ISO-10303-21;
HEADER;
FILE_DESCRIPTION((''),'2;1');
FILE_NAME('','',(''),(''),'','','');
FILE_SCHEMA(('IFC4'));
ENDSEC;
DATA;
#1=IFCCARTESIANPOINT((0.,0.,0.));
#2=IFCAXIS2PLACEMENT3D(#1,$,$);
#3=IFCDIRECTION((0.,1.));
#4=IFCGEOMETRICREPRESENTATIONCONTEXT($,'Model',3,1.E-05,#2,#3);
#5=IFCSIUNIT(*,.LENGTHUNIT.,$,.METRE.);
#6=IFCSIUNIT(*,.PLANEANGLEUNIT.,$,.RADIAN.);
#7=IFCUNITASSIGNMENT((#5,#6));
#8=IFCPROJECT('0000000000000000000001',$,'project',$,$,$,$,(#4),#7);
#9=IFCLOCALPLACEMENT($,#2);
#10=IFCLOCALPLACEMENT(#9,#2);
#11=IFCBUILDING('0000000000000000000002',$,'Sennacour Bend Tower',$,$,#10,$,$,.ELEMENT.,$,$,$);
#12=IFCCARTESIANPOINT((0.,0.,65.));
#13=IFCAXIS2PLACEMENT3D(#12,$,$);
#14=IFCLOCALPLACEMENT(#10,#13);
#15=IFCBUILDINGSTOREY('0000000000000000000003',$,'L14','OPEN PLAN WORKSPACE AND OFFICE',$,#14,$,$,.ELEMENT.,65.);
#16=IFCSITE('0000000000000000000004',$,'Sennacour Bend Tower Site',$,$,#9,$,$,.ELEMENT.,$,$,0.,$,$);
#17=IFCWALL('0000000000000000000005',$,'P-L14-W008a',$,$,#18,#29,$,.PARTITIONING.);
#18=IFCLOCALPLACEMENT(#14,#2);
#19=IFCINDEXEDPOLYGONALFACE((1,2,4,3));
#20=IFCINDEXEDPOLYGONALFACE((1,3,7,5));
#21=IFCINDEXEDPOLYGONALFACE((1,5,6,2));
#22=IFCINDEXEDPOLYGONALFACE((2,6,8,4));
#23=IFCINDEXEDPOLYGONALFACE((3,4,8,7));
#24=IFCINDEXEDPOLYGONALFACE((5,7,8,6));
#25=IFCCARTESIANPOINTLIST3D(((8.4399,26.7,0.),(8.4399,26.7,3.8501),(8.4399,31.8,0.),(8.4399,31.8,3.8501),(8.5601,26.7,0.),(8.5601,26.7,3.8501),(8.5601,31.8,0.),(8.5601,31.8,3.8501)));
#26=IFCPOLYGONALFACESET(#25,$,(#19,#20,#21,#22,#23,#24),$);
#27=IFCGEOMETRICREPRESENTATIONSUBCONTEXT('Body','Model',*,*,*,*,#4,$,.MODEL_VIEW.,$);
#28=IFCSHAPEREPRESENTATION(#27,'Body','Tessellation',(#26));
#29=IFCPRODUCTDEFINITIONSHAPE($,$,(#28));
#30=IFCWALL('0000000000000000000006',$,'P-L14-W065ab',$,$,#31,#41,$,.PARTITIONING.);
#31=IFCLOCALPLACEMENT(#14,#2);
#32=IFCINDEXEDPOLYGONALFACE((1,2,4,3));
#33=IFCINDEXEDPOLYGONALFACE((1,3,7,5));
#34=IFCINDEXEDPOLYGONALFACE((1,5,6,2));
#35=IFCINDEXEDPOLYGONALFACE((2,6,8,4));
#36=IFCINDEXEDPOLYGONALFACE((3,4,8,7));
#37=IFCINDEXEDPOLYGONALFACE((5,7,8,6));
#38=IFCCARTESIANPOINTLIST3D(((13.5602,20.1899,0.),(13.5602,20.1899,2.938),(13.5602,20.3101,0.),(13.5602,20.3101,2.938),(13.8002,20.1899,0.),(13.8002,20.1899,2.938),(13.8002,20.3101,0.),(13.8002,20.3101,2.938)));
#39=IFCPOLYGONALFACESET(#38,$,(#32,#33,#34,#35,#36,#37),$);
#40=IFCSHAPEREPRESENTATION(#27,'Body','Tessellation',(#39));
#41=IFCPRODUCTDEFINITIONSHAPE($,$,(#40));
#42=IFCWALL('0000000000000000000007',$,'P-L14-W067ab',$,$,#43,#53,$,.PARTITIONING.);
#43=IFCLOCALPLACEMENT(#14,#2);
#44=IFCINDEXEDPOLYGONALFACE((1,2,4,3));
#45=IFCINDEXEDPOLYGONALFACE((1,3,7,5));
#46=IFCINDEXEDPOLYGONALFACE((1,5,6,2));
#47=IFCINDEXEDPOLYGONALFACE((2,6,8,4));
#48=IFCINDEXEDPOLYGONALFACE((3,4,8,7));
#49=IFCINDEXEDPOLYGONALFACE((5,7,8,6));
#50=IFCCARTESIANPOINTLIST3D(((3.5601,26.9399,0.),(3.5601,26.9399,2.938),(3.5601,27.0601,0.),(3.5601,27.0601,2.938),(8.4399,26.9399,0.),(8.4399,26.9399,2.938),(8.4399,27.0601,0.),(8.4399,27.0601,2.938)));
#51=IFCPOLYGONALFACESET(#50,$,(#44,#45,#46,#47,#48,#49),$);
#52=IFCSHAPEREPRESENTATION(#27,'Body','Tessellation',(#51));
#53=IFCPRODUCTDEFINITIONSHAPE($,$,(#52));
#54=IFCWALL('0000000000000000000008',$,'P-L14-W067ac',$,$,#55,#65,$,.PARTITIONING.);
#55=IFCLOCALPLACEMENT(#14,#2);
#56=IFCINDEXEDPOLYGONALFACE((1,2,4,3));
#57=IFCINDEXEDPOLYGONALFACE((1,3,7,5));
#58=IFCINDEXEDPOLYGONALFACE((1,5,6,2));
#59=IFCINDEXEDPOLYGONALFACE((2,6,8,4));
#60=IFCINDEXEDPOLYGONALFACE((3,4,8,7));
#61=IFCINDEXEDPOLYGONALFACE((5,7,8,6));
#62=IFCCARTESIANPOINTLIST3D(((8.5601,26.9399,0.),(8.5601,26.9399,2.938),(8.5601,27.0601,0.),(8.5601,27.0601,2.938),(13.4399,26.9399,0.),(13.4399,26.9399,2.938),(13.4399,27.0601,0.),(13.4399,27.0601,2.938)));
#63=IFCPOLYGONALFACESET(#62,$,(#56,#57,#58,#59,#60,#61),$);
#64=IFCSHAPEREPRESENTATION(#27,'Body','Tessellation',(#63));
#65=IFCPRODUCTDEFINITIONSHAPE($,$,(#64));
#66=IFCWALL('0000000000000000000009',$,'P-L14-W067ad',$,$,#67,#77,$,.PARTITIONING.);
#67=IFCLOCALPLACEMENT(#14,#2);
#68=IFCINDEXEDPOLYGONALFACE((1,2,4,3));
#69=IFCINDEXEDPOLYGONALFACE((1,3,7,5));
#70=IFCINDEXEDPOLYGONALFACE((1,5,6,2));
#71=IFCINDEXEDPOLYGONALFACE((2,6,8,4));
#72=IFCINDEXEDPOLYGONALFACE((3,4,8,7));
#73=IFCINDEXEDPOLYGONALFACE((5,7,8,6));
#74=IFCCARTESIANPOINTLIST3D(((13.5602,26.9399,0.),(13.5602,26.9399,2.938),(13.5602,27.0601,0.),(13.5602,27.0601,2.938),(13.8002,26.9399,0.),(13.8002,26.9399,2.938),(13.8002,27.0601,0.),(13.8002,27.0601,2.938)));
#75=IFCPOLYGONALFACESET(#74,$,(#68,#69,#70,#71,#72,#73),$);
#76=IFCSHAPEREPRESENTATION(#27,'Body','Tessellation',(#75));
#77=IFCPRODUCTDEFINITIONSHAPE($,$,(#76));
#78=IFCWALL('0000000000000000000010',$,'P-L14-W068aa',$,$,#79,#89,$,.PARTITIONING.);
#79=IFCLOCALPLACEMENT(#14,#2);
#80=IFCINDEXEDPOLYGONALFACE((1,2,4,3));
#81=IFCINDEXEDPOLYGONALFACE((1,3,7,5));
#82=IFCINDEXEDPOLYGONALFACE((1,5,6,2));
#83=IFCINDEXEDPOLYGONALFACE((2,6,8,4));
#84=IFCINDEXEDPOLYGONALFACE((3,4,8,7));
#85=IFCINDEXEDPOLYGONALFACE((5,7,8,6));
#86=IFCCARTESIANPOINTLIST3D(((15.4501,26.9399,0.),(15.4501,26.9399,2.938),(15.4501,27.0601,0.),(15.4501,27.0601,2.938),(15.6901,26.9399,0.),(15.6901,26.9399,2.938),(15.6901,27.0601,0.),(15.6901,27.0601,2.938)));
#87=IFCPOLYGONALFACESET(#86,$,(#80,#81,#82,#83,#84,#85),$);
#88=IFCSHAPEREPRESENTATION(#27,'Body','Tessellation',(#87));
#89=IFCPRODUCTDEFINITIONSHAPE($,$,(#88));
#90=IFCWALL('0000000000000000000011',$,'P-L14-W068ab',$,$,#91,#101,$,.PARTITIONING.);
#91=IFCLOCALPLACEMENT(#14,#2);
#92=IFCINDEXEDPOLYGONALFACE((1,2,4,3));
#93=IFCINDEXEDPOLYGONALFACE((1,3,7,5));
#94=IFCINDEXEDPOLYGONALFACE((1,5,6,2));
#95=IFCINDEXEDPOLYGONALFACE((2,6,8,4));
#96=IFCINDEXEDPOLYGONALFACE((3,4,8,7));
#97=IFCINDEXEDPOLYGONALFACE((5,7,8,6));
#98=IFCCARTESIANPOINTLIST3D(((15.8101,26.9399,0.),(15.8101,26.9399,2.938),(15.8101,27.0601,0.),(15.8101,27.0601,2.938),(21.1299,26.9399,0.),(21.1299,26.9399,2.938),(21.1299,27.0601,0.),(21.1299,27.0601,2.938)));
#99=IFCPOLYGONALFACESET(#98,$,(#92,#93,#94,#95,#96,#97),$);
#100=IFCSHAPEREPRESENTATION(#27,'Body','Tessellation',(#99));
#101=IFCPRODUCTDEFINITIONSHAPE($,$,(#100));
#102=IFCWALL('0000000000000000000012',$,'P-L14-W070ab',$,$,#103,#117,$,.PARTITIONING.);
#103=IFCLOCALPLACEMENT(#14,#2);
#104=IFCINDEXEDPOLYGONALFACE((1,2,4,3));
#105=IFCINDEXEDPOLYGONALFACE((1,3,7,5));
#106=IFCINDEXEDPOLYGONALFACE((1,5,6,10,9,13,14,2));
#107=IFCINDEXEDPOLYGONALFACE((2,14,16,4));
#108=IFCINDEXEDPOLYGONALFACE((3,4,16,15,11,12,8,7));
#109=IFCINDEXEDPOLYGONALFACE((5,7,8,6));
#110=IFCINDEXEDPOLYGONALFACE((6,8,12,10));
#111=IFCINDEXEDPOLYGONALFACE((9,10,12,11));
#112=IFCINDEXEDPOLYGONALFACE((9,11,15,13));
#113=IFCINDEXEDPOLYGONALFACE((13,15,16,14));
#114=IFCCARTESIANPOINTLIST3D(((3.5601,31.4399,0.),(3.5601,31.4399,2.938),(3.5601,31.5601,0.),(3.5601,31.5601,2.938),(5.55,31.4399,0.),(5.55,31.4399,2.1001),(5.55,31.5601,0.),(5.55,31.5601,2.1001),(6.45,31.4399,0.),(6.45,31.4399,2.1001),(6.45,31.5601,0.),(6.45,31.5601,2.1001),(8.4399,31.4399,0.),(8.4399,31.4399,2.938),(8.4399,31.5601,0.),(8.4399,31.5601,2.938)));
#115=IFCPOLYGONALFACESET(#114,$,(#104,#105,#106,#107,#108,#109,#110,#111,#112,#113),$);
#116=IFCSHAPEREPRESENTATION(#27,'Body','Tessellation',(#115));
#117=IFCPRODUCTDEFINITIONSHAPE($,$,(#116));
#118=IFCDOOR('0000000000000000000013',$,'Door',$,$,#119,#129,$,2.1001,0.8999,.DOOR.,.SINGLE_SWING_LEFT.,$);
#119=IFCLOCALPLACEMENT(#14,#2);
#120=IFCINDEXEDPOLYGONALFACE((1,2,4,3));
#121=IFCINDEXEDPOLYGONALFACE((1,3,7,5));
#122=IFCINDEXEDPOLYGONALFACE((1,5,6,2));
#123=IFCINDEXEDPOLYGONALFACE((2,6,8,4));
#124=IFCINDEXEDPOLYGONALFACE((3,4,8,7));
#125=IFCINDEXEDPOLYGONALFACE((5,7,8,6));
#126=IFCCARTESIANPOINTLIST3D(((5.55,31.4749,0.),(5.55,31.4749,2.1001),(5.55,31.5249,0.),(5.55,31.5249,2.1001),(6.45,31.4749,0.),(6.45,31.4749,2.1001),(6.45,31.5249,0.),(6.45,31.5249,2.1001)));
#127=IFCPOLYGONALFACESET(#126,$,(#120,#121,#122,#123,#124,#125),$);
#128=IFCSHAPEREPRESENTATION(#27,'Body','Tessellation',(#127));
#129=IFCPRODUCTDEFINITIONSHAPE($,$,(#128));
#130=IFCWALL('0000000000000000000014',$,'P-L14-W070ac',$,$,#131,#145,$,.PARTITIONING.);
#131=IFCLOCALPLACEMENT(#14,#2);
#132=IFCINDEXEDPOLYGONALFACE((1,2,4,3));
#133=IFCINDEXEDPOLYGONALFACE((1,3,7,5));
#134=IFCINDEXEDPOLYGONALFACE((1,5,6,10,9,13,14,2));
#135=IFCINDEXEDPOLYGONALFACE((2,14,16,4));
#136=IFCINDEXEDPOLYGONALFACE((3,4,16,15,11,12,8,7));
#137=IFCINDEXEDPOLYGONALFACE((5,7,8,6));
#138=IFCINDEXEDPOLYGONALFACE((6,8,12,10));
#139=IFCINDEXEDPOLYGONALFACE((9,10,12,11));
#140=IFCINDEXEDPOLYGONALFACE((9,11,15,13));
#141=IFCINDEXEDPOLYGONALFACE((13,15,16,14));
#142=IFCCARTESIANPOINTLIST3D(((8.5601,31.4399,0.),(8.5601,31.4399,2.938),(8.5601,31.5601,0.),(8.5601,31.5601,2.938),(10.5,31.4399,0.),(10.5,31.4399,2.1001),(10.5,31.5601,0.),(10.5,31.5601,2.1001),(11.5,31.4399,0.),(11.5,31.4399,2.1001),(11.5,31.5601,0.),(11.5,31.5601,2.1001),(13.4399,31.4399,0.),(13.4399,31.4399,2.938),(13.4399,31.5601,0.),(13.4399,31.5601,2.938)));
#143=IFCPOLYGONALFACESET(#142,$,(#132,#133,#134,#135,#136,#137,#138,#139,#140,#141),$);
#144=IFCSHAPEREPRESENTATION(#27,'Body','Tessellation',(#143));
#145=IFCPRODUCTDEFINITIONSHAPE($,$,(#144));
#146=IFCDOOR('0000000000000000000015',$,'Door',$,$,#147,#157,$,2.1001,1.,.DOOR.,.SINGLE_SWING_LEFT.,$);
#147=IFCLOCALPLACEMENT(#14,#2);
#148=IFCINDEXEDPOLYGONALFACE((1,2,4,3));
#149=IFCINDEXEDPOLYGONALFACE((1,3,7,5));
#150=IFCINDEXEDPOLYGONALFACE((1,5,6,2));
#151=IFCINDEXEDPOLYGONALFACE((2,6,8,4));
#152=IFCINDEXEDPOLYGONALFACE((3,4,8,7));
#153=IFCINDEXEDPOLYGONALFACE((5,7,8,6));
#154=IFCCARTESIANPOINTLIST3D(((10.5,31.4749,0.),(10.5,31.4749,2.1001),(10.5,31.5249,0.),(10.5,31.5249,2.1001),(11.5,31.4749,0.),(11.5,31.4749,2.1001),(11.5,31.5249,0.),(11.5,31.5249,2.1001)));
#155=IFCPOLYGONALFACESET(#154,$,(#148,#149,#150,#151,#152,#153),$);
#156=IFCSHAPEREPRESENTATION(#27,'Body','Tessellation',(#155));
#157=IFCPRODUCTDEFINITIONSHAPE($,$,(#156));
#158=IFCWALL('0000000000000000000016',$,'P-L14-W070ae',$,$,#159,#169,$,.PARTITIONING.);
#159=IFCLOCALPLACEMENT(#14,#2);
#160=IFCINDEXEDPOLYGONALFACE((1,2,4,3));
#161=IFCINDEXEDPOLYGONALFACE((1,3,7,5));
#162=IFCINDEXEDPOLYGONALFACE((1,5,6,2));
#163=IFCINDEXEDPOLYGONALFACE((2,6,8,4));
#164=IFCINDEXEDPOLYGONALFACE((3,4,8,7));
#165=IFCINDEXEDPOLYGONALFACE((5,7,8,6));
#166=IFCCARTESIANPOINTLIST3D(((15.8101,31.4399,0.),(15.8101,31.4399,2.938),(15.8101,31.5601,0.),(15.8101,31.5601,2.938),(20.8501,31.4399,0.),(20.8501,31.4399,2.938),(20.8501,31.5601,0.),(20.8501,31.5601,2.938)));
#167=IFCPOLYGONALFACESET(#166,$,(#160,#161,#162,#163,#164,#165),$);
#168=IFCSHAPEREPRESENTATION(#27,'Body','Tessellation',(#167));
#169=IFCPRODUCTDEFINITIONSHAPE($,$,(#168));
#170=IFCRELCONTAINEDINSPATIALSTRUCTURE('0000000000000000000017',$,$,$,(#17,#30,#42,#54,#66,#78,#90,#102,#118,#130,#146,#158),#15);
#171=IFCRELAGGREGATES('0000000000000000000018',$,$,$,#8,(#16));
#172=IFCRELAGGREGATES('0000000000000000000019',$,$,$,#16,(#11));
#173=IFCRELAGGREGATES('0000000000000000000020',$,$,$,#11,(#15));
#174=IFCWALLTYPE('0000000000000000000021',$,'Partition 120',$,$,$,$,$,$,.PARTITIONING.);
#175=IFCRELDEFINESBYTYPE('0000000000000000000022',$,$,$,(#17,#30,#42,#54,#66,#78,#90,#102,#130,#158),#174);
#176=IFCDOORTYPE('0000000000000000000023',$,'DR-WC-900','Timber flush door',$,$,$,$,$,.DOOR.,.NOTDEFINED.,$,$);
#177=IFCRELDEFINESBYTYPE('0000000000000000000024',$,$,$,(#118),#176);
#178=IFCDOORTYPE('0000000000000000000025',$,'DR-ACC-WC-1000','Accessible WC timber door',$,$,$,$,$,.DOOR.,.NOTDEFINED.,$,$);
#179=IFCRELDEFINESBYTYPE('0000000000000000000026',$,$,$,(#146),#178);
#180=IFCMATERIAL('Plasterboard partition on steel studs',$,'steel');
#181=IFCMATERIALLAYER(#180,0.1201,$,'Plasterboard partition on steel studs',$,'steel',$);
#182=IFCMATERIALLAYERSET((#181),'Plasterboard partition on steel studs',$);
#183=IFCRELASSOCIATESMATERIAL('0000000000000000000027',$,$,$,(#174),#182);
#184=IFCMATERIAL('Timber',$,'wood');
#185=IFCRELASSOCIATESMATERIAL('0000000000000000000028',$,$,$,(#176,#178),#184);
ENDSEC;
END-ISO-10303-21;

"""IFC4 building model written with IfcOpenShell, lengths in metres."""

from ifc_helpers import new_model, si_unit, direction, frame, frame_2d, origin, place, context, subcontext, project, spatial, rectangle, extrude, material, layer, layer_set, type_object, element, fill, save


model = new_model("IFC4")

# Units and contexts
model_context = context("Model", 3, precision=1e-05, world=origin(), true_north=direction((0.0, 1.0)))
body_context = subcontext(model_context, "Body", "Model", "MODEL_VIEW")
ifc_project = project(units=[si_unit("LENGTHUNIT", "METRE"), si_unit("PLANEANGLEUNIT", "RADIAN")], contexts=[model_context])

# Site, building, storey
site_placement = place(None, origin())
site = spatial("IfcSite", under=ifc_project, at=site_placement, Name="Sennacour Bend Tower Site", CompositionType="ELEMENT", RefElevation=0.0)
building_placement = place(site_placement, origin())
building = spatial("IfcBuilding", under=site, at=building_placement, Name="Sennacour Bend Tower", CompositionType="ELEMENT")
storey_placement = place(building_placement, frame((0.0, 0.0, 65.0)))
storey = spatial("IfcBuildingStorey", under=building, at=storey_placement, Name="L14", Description="OPEN PLAN WORKSPACE AND OFFICE", CompositionType="ELEMENT", Elevation=65.0)

# Walls
ifc_material_1 = material(Name="Plasterboard partition on steel studs", Category="steel")
ifc_layer_1 = layer(ifc_material_1, 0.1201, Name="Plasterboard partition on steel studs", Category="steel")
ifc_layer_set_1 = layer_set([ifc_layer_1], Name="Plasterboard partition on steel studs")
wall_type_1 = type_object("IfcWallType", Name="Partition 120", PredefinedType="PARTITIONING", material=ifc_layer_set_1)
for number, where, z_axis, x_axis, name in (
    (1, (8.5, 26.7, 0.0), (0.0, 0.0, 1.0), (0.0, 1.0, 0.0), "P-L14-W008a"),
):
    element("IfcWall", number, at=place(storey_placement, frame(where, z_axis=z_axis, x_axis=x_axis)), inside=storey, type_object=wall_type_1, Name=name, PredefinedType="PARTITIONING", context=body_context, shape_type="SweptSolid", body=[
        extrude(rectangle(XDim=5.1001, YDim=0.1201, at=frame_2d((2.55, 0.0))), origin(), (0.0, 0.0, 1.0), 3.8501),
    ])
wall_1_placement = place(storey_placement, frame((13.5601, 20.25, 0.0), z_axis=(0.0, 0.0, 1.0), x_axis=(1.0, 0.0, 0.0)))
element("IfcWall", 2, at=wall_1_placement, inside=storey, type_object=wall_type_1, Name="P-L14-W065ab", PredefinedType="PARTITIONING", context=body_context, shape_type="SweptSolid", body=[
    extrude(rectangle(XDim=0.24, YDim=0.1201, at=frame_2d((0.1201, 0.0))), origin(), (0.0, 0.0, 1.0), 2.938),
])
for number, where, z_axis, x_axis, name in (
    (3, (3.5601, 27.0, 0.0), (0.0, 0.0, 1.0), (1.0, 0.0, 0.0), "P-L14-W067ab"),
    (4, (8.5601, 27.0, 0.0), (0.0, 0.0, 1.0), (1.0, 0.0, 0.0), "P-L14-W067ac"),
):
    element("IfcWall", number, at=place(storey_placement, frame(where, z_axis=z_axis, x_axis=x_axis)), inside=storey, type_object=wall_type_1, Name=name, PredefinedType="PARTITIONING", context=body_context, shape_type="SweptSolid", body=[
        extrude(rectangle(XDim=4.8799, YDim=0.1201, at=frame_2d((2.4399, 0.0))), origin(), (0.0, 0.0, 1.0), 2.938),
    ])
for number, where, z_axis, x_axis, name in (
    (5, (13.5601, 27.0, 0.0), (0.0, 0.0, 1.0), (1.0, 0.0, 0.0), "P-L14-W067ad"),
    (6, (15.45, 27.0, 0.0), (0.0, 0.0, 1.0), (1.0, 0.0, 0.0), "P-L14-W068aa"),
):
    element("IfcWall", number, at=place(storey_placement, frame(where, z_axis=z_axis, x_axis=x_axis)), inside=storey, type_object=wall_type_1, Name=name, PredefinedType="PARTITIONING", context=body_context, shape_type="SweptSolid", body=[
        extrude(rectangle(XDim=0.24, YDim=0.1201, at=frame_2d((0.1201, 0.0))), origin(), (0.0, 0.0, 1.0), 2.938),
    ])
wall_2_placement = place(storey_placement, frame((15.8101, 27.0, 0.0), z_axis=(0.0, 0.0, 1.0), x_axis=(1.0, 0.0, 0.0)))
element("IfcWall", 7, at=wall_2_placement, inside=storey, type_object=wall_type_1, Name="P-L14-W068ab", PredefinedType="PARTITIONING", context=body_context, shape_type="SweptSolid", body=[
    extrude(rectangle(XDim=5.3198, YDim=0.1201, at=frame_2d((2.6599, 0.0))), origin(), (0.0, 0.0, 1.0), 2.938),
])

# Walls, openings, doors
wall_3_placement = place(storey_placement, frame((3.5601, 31.5, 0.0), z_axis=(0.0, 0.0, 1.0), x_axis=(1.0, 0.0, 0.0)))
wall_3 = element("IfcWall", 8, at=wall_3_placement, inside=storey, type_object=wall_type_1, Name="P-L14-W070ab", PredefinedType="PARTITIONING", context=body_context, shape_type="SweptSolid", body=[
    extrude(rectangle(XDim=4.8799, YDim=0.1201, at=frame_2d((2.4399, 0.0))), origin(), (0.0, 0.0, 1.0), 2.938),
])
opening_1_placement = place(wall_3_placement, frame((1.99, 0.0, 0.0)))
opening_1 = element("IfcOpeningElement", 9, at=opening_1_placement, cuts=wall_3, PredefinedType="OPENING", context=body_context, shape_type="SweptSolid", body=[
    extrude(rectangle(XDim=0.8999, YDim=2.1001, at=frame_2d((0.45, 1.05))), frame((0.0, 0.0701, 0.0), z_axis=(0.0, -1.0, 0.0), x_axis=(1.0, 0.0, 0.0)), (0.0, 0.0, 1.0), 0.1401),
])
ifc_material_2 = material(Name="Timber", Category="wood")
door_type_1 = type_object("IfcDoorType", Name="DR-WC-900", Description="Timber flush door", OperationType="NOTDEFINED", PredefinedType="DOOR", material=ifc_material_2)
door_1_placement = place(opening_1_placement, origin())
door_1 = element("IfcDoor", 10, at=door_1_placement, inside=storey, type_object=door_type_1, Name="Door", OperationType="SINGLE_SWING_LEFT", OverallHeight=2.1001, OverallWidth=0.8999, PredefinedType="DOOR", context=body_context, shape_type="SweptSolid", body=[
    extrude(rectangle(XDim=0.8999, YDim=2.1001, at=frame_2d((0.45, 1.05))), frame((0.0, 0.0249, 0.0), z_axis=(0.0, -1.0, 0.0), x_axis=(1.0, 0.0, 0.0)), (0.0, 0.0, 1.0), 0.05),
])
fill(opening_1, door_1)
wall_4_placement = place(storey_placement, frame((8.5601, 31.5, 0.0), z_axis=(0.0, 0.0, 1.0), x_axis=(1.0, 0.0, 0.0)))
wall_4 = element("IfcWall", 11, at=wall_4_placement, inside=storey, type_object=wall_type_1, Name="P-L14-W070ac", PredefinedType="PARTITIONING", context=body_context, shape_type="SweptSolid", body=[
    extrude(rectangle(XDim=4.8799, YDim=0.1201, at=frame_2d((2.4399, 0.0))), origin(), (0.0, 0.0, 1.0), 2.938),
])
opening_2_placement = place(wall_4_placement, frame((1.9399, 0.0, 0.0)))
opening_2 = element("IfcOpeningElement", 12, at=opening_2_placement, cuts=wall_4, PredefinedType="OPENING", context=body_context, shape_type="SweptSolid", body=[
    extrude(rectangle(XDim=1.0, YDim=2.1001, at=frame_2d((0.5, 1.05))), frame((0.0, 0.0701, 0.0), z_axis=(0.0, -1.0, 0.0), x_axis=(1.0, 0.0, 0.0)), (0.0, 0.0, 1.0), 0.1401),
])
door_type_2 = type_object("IfcDoorType", Name="DR-ACC-WC-1000", Description="Accessible WC timber door", OperationType="NOTDEFINED", PredefinedType="DOOR", material=ifc_material_2)
door_2_placement = place(opening_2_placement, origin())
door_2 = element("IfcDoor", 13, at=door_2_placement, inside=storey, type_object=door_type_2, Name="Door", OperationType="SINGLE_SWING_LEFT", OverallHeight=2.1001, OverallWidth=1.0, PredefinedType="DOOR", context=body_context, shape_type="SweptSolid", body=[
    extrude(rectangle(XDim=1.0, YDim=2.1001, at=frame_2d((0.5, 1.05))), frame((0.0, 0.0249, 0.0), z_axis=(0.0, -1.0, 0.0), x_axis=(1.0, 0.0, 0.0)), (0.0, 0.0, 1.0), 0.05),
])
fill(opening_2, door_2)

# Wall
wall_5_placement = place(storey_placement, frame((15.8101, 31.5, 0.0), z_axis=(0.0, 0.0, 1.0), x_axis=(1.0, 0.0, 0.0)))
element("IfcWall", 14, at=wall_5_placement, inside=storey, type_object=wall_type_1, Name="P-L14-W070ae", PredefinedType="PARTITIONING", context=body_context, shape_type="SweptSolid", body=[
    extrude(rectangle(XDim=5.04, YDim=0.1201, at=frame_2d((2.52, 0.0))), origin(), (0.0, 0.0, 1.0), 2.938),
])

save(model, "model.ifc")
